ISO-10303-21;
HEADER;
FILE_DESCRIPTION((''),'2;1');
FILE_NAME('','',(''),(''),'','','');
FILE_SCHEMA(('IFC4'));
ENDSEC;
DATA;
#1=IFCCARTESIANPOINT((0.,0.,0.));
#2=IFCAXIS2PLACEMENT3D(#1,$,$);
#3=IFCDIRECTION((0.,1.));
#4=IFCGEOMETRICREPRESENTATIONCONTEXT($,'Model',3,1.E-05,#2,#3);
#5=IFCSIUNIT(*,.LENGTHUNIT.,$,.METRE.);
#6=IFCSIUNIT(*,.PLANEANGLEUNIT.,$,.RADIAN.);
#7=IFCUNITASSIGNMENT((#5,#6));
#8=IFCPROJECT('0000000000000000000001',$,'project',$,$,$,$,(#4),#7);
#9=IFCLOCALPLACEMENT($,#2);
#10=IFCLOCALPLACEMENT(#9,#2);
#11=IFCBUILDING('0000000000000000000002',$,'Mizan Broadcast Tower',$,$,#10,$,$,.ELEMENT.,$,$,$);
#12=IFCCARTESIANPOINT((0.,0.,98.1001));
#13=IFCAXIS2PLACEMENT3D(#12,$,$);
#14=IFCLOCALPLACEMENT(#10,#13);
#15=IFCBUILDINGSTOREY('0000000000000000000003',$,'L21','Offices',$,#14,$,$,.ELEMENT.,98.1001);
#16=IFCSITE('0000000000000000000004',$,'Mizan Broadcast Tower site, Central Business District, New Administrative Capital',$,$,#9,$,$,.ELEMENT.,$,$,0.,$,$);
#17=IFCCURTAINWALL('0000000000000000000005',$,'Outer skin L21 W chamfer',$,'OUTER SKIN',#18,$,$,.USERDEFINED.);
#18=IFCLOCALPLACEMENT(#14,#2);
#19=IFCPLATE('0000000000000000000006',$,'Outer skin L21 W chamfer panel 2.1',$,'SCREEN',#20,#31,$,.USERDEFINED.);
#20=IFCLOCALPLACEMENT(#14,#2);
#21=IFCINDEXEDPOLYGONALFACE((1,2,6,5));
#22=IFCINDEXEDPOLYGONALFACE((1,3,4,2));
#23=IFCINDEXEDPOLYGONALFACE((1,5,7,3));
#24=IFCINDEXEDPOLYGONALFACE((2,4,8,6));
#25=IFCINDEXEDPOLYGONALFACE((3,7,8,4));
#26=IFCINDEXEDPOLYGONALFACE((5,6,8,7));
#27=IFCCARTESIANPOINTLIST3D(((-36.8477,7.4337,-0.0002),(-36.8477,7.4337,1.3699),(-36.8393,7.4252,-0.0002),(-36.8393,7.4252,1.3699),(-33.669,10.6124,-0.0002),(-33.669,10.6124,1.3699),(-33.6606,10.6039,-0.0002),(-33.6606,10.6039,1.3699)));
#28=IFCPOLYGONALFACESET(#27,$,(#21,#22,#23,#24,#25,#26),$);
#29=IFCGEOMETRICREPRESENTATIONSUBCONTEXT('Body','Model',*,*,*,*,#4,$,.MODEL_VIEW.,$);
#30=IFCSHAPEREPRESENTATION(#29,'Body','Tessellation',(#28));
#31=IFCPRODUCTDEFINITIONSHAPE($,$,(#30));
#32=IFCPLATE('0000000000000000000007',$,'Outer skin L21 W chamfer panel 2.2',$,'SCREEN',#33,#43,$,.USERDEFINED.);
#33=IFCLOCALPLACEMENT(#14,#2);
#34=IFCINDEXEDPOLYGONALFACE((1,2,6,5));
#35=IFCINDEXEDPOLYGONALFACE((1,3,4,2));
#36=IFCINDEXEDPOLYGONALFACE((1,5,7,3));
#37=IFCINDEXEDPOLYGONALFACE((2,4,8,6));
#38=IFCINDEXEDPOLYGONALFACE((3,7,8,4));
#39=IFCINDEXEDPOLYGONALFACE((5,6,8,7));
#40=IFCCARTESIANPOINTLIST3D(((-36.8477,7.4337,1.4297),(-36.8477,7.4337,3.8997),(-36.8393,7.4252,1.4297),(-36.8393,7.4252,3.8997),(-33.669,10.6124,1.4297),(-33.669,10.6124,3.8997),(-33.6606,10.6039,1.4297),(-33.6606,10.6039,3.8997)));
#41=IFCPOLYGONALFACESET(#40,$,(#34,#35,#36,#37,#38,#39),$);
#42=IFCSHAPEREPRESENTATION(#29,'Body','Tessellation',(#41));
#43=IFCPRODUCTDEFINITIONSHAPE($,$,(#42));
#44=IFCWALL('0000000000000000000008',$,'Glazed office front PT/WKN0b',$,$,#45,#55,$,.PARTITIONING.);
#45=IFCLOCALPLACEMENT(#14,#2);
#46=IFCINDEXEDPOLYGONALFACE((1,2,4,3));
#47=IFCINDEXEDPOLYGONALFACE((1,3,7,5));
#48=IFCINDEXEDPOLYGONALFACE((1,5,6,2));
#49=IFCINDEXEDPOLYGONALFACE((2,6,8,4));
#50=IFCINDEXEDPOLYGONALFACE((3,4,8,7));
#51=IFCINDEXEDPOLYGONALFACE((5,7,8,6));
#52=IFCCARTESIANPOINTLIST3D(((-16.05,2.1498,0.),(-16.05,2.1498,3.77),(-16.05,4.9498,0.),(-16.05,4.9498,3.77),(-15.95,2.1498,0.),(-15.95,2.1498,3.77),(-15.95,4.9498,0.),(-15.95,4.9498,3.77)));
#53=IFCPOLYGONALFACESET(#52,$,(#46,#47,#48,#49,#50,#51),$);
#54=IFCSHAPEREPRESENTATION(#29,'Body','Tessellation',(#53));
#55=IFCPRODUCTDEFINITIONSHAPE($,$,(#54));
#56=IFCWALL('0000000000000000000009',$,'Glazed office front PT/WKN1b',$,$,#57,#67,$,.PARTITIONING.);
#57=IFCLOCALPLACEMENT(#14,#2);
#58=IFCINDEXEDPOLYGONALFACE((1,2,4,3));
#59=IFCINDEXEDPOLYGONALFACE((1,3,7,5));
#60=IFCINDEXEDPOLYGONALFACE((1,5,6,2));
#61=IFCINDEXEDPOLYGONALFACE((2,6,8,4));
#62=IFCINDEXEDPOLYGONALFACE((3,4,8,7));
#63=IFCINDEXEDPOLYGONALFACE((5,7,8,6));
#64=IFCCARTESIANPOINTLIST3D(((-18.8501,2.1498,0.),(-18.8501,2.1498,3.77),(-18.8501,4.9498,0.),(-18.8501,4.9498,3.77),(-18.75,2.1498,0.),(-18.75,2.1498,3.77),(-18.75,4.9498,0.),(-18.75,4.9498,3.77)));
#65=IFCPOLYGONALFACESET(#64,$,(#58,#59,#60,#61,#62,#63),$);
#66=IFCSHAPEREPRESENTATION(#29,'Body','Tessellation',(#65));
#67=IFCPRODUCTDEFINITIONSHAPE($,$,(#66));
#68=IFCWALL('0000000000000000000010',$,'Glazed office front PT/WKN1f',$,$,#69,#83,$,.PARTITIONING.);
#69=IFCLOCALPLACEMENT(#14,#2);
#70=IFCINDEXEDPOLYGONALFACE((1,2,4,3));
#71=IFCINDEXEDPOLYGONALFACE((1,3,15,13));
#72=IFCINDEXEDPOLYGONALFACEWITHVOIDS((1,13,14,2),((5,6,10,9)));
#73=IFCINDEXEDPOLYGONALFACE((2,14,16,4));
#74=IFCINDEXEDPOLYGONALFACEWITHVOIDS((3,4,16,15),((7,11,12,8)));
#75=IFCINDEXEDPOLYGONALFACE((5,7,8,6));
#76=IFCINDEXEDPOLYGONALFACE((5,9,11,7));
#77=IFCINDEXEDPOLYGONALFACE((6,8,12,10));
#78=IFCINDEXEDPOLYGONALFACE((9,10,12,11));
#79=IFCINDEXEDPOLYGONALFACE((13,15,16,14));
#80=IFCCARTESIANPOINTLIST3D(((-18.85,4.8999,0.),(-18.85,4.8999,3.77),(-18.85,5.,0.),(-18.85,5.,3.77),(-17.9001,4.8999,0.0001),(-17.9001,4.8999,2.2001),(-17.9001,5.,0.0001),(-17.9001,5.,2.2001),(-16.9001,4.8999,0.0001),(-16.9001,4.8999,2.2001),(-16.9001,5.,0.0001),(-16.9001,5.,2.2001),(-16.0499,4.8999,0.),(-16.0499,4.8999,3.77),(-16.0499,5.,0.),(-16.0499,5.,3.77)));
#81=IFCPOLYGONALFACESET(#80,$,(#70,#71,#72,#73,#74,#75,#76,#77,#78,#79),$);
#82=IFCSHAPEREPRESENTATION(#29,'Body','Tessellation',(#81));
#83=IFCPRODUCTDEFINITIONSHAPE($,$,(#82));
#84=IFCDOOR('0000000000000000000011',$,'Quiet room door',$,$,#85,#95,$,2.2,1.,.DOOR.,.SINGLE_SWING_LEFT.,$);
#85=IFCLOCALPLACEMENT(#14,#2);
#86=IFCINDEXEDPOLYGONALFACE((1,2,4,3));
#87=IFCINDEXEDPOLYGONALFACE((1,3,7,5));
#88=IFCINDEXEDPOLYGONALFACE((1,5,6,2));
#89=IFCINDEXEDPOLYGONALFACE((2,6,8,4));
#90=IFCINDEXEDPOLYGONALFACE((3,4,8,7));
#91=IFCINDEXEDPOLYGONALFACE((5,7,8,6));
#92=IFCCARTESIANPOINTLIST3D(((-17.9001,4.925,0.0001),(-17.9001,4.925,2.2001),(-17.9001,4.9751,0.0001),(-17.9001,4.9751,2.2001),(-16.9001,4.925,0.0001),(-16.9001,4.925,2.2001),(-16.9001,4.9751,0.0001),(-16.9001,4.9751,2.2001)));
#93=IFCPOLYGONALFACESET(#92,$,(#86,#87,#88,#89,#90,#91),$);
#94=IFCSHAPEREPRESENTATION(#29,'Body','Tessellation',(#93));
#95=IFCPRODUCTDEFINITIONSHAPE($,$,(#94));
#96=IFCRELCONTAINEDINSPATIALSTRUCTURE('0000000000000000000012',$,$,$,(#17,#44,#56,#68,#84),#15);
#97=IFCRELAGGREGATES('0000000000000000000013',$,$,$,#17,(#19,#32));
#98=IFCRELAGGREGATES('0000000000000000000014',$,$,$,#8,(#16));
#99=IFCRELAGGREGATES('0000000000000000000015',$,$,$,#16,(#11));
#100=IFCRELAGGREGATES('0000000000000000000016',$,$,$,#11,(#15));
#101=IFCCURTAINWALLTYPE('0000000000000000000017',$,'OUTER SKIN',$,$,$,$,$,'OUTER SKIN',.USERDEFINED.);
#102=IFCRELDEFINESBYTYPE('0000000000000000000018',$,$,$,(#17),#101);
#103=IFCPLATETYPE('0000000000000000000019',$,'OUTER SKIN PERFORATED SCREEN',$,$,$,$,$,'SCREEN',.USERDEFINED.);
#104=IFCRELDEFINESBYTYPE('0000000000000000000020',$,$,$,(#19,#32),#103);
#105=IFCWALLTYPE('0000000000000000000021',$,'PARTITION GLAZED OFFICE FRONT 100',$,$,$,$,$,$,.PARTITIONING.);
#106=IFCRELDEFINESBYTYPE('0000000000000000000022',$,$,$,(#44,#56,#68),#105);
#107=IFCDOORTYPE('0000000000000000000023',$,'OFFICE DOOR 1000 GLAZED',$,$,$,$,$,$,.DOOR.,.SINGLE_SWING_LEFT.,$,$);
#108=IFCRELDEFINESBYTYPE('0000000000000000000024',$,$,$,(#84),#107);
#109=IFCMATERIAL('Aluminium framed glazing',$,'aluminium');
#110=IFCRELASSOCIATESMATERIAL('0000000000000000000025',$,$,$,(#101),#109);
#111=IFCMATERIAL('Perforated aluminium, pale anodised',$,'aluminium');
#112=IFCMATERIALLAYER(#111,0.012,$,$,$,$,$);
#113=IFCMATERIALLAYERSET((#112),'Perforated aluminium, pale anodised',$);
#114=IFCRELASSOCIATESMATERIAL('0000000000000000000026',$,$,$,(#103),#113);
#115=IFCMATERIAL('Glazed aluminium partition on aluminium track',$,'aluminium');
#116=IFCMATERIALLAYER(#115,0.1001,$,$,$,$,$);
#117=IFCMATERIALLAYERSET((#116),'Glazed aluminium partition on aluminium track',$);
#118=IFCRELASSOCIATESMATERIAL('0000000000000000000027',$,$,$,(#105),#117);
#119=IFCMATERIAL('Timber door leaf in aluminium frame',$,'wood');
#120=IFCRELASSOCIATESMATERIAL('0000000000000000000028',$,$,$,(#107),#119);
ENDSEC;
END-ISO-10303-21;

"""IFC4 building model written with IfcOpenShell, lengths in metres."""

from ifc_helpers import new_model, si_unit, direction, frame, frame_2d, origin, origin_2d, place, context, subcontext, project, spatial, rectangle, extrude, material, layer, layer_set, type_object, element, fill, aggregate, save


model = new_model("IFC4")

# Units and contexts
model_context = context("Model", 3, precision=1e-05, world=origin(), true_north=direction((0.0, 1.0)))
body_context = subcontext(model_context, "Body", "Model", "MODEL_VIEW")
ifc_project = project(units=[si_unit("LENGTHUNIT", "METRE"), si_unit("PLANEANGLEUNIT", "RADIAN")], contexts=[model_context])

# Site, building, storey
site_placement = place(None, origin())
site = spatial("IfcSite", under=ifc_project, at=site_placement, Name="Mizan Broadcast Tower site, Central Business District, New Administrative Capital", CompositionType="ELEMENT", RefElevation=0.0)
building_placement = place(site_placement, origin())
building = spatial("IfcBuilding", under=site, at=building_placement, Name="Mizan Broadcast Tower", CompositionType="ELEMENT")
storey_placement = place(building_placement, frame((0.0, 0.0, 98.1001)))
storey = spatial("IfcBuildingStorey", under=building, at=storey_placement, Name="L21", Description="Offices", CompositionType="ELEMENT", Elevation=98.1001)

# Curtain wall
ifc_material_1 = material(Name="Aluminium framed glazing", Category="aluminium")
curtain_wall_type_1 = type_object("IfcCurtainWallType", Name="OUTER SKIN", ElementType="OUTER SKIN", PredefinedType="USERDEFINED", material=ifc_material_1)
curtain_wall_1_placement = place(storey_placement, origin())
curtain_wall_1 = element("IfcCurtainWall", 1, at=curtain_wall_1_placement, inside=storey, type_object=curtain_wall_type_1, Name="Outer skin L21 W chamfer", ObjectType="OUTER SKIN", PredefinedType="USERDEFINED")

# Plates
ifc_material_2 = material(Name="Perforated aluminium, pale anodised", Category="aluminium")
ifc_layer_1 = layer(ifc_material_2, 0.012)
ifc_layer_set_1 = layer_set([ifc_layer_1], Name="Perforated aluminium, pale anodised")
plate_type_1 = type_object("IfcPlateType", Name="OUTER SKIN PERFORATED SCREEN", ElementType="SCREEN", PredefinedType="USERDEFINED", material=ifc_layer_set_1)
plate_1_placement = place(storey_placement, frame((-35.2542, 9.0188, -0.0002), z_axis=(0.0, 0.0, 1.0), x_axis=(-0.707107, -0.707107, 0.0)))
plate_1 = element("IfcPlate", 2, at=plate_1_placement, type_object=plate_type_1, Name="Outer skin L21 W chamfer panel 2.1", ObjectType="SCREEN", PredefinedType="USERDEFINED", context=body_context, shape_type="SweptSolid", body=[
    extrude(rectangle(XDim=4.4954, YDim=0.012, at=origin_2d()), origin(), (0.0, 0.0, 1.0), 1.3701),
])
plate_2_placement = place(storey_placement, frame((-35.2542, 9.0188, 1.4297), z_axis=(0.0, 0.0, 1.0), x_axis=(-0.707107, -0.707107, 0.0)))
plate_2 = element("IfcPlate", 3, at=plate_2_placement, type_object=plate_type_1, Name="Outer skin L21 W chamfer panel 2.2", ObjectType="SCREEN", PredefinedType="USERDEFINED", context=body_context, shape_type="SweptSolid", body=[
    extrude(rectangle(XDim=4.4954, YDim=0.012, at=origin_2d()), origin(), (0.0, 0.0, 1.0), 2.47),
])
aggregate(curtain_wall_1, [plate_1, plate_2])

# Walls
ifc_material_3 = material(Name="Glazed aluminium partition on aluminium track", Category="aluminium")
ifc_layer_2 = layer(ifc_material_3, 0.1001)
ifc_layer_set_2 = layer_set([ifc_layer_2], Name="Glazed aluminium partition on aluminium track")
wall_type = type_object("IfcWallType", Name="PARTITION GLAZED OFFICE FRONT 100", PredefinedType="PARTITIONING", material=ifc_layer_set_2)
for number, where, z_axis, x_axis, name in (
    (4, (-16.0, 2.1499, 0.0), (0.0, 0.0, 1.0), (0.0, 1.0, 0.0), "Glazed office front PT/WKN0b"),
    (5, (-18.8, 2.1499, 0.0), (0.0, 0.0, 1.0), (0.0, 1.0, 0.0), "Glazed office front PT/WKN1b"),
):
    element("IfcWall", number, at=place(storey_placement, frame(where, z_axis=z_axis, x_axis=x_axis)), inside=storey, type_object=wall_type, Name=name, PredefinedType="PARTITIONING", context=body_context, shape_type="SweptSolid", body=[
        extrude(rectangle(XDim=2.8, YDim=0.1001, at=frame_2d((1.3999, 0.0))), origin(), (0.0, 0.0, 1.0), 3.77),
    ])

# Wall, opening, door
wall_placement = place(storey_placement, frame((-16.05, 4.95, 0.0), z_axis=(0.0, 0.0, 1.0), x_axis=(-1.0, 0.0, 0.0)))
wall = element("IfcWall", 6, at=wall_placement, inside=storey, type_object=wall_type, Name="Glazed office front PT/WKN1f", PredefinedType="PARTITIONING", context=body_context, shape_type="SweptSolid", body=[
    extrude(rectangle(XDim=2.8, YDim=0.1001, at=frame_2d((1.3999, 0.0))), origin(), (0.0, 0.0, 1.0), 3.77),
])
opening_placement = place(wall_placement, frame((0.8501, 0.0, 0.0)))
opening = element("IfcOpeningElement", 7, at=opening_placement, cuts=wall, PredefinedType="OPENING", context=body_context, shape_type="SweptSolid", body=[
    extrude(rectangle(XDim=1.0, YDim=2.2, at=frame_2d((0.5, 1.1001))), frame((0.0, 0.0601, 0.0), z_axis=(0.0, -1.0, 0.0), x_axis=(1.0, 0.0, 0.0)), (0.0, 0.0, 1.0), 0.1201),
])
ifc_material_4 = material(Name="Timber door leaf in aluminium frame", Category="wood")
door_type = type_object("IfcDoorType", Name="OFFICE DOOR 1000 GLAZED", OperationType="SINGLE_SWING_LEFT", PredefinedType="DOOR", material=ifc_material_4)
door_placement = place(opening_placement, origin())
door = element("IfcDoor", 8, at=door_placement, inside=storey, type_object=door_type, Name="Quiet room door", OperationType="SINGLE_SWING_LEFT", OverallHeight=2.2, OverallWidth=1.0, PredefinedType="DOOR", context=body_context, shape_type="SweptSolid", body=[
    extrude(rectangle(XDim=1.0, YDim=2.2, at=frame_2d((0.5, 1.1001))), frame((0.0, 0.0249, 0.0), z_axis=(0.0, -1.0, 0.0), x_axis=(1.0, 0.0, 0.0)), (0.0, 0.0, 1.0), 0.05),
])
fill(opening, door)

save(model, "model.ifc")
